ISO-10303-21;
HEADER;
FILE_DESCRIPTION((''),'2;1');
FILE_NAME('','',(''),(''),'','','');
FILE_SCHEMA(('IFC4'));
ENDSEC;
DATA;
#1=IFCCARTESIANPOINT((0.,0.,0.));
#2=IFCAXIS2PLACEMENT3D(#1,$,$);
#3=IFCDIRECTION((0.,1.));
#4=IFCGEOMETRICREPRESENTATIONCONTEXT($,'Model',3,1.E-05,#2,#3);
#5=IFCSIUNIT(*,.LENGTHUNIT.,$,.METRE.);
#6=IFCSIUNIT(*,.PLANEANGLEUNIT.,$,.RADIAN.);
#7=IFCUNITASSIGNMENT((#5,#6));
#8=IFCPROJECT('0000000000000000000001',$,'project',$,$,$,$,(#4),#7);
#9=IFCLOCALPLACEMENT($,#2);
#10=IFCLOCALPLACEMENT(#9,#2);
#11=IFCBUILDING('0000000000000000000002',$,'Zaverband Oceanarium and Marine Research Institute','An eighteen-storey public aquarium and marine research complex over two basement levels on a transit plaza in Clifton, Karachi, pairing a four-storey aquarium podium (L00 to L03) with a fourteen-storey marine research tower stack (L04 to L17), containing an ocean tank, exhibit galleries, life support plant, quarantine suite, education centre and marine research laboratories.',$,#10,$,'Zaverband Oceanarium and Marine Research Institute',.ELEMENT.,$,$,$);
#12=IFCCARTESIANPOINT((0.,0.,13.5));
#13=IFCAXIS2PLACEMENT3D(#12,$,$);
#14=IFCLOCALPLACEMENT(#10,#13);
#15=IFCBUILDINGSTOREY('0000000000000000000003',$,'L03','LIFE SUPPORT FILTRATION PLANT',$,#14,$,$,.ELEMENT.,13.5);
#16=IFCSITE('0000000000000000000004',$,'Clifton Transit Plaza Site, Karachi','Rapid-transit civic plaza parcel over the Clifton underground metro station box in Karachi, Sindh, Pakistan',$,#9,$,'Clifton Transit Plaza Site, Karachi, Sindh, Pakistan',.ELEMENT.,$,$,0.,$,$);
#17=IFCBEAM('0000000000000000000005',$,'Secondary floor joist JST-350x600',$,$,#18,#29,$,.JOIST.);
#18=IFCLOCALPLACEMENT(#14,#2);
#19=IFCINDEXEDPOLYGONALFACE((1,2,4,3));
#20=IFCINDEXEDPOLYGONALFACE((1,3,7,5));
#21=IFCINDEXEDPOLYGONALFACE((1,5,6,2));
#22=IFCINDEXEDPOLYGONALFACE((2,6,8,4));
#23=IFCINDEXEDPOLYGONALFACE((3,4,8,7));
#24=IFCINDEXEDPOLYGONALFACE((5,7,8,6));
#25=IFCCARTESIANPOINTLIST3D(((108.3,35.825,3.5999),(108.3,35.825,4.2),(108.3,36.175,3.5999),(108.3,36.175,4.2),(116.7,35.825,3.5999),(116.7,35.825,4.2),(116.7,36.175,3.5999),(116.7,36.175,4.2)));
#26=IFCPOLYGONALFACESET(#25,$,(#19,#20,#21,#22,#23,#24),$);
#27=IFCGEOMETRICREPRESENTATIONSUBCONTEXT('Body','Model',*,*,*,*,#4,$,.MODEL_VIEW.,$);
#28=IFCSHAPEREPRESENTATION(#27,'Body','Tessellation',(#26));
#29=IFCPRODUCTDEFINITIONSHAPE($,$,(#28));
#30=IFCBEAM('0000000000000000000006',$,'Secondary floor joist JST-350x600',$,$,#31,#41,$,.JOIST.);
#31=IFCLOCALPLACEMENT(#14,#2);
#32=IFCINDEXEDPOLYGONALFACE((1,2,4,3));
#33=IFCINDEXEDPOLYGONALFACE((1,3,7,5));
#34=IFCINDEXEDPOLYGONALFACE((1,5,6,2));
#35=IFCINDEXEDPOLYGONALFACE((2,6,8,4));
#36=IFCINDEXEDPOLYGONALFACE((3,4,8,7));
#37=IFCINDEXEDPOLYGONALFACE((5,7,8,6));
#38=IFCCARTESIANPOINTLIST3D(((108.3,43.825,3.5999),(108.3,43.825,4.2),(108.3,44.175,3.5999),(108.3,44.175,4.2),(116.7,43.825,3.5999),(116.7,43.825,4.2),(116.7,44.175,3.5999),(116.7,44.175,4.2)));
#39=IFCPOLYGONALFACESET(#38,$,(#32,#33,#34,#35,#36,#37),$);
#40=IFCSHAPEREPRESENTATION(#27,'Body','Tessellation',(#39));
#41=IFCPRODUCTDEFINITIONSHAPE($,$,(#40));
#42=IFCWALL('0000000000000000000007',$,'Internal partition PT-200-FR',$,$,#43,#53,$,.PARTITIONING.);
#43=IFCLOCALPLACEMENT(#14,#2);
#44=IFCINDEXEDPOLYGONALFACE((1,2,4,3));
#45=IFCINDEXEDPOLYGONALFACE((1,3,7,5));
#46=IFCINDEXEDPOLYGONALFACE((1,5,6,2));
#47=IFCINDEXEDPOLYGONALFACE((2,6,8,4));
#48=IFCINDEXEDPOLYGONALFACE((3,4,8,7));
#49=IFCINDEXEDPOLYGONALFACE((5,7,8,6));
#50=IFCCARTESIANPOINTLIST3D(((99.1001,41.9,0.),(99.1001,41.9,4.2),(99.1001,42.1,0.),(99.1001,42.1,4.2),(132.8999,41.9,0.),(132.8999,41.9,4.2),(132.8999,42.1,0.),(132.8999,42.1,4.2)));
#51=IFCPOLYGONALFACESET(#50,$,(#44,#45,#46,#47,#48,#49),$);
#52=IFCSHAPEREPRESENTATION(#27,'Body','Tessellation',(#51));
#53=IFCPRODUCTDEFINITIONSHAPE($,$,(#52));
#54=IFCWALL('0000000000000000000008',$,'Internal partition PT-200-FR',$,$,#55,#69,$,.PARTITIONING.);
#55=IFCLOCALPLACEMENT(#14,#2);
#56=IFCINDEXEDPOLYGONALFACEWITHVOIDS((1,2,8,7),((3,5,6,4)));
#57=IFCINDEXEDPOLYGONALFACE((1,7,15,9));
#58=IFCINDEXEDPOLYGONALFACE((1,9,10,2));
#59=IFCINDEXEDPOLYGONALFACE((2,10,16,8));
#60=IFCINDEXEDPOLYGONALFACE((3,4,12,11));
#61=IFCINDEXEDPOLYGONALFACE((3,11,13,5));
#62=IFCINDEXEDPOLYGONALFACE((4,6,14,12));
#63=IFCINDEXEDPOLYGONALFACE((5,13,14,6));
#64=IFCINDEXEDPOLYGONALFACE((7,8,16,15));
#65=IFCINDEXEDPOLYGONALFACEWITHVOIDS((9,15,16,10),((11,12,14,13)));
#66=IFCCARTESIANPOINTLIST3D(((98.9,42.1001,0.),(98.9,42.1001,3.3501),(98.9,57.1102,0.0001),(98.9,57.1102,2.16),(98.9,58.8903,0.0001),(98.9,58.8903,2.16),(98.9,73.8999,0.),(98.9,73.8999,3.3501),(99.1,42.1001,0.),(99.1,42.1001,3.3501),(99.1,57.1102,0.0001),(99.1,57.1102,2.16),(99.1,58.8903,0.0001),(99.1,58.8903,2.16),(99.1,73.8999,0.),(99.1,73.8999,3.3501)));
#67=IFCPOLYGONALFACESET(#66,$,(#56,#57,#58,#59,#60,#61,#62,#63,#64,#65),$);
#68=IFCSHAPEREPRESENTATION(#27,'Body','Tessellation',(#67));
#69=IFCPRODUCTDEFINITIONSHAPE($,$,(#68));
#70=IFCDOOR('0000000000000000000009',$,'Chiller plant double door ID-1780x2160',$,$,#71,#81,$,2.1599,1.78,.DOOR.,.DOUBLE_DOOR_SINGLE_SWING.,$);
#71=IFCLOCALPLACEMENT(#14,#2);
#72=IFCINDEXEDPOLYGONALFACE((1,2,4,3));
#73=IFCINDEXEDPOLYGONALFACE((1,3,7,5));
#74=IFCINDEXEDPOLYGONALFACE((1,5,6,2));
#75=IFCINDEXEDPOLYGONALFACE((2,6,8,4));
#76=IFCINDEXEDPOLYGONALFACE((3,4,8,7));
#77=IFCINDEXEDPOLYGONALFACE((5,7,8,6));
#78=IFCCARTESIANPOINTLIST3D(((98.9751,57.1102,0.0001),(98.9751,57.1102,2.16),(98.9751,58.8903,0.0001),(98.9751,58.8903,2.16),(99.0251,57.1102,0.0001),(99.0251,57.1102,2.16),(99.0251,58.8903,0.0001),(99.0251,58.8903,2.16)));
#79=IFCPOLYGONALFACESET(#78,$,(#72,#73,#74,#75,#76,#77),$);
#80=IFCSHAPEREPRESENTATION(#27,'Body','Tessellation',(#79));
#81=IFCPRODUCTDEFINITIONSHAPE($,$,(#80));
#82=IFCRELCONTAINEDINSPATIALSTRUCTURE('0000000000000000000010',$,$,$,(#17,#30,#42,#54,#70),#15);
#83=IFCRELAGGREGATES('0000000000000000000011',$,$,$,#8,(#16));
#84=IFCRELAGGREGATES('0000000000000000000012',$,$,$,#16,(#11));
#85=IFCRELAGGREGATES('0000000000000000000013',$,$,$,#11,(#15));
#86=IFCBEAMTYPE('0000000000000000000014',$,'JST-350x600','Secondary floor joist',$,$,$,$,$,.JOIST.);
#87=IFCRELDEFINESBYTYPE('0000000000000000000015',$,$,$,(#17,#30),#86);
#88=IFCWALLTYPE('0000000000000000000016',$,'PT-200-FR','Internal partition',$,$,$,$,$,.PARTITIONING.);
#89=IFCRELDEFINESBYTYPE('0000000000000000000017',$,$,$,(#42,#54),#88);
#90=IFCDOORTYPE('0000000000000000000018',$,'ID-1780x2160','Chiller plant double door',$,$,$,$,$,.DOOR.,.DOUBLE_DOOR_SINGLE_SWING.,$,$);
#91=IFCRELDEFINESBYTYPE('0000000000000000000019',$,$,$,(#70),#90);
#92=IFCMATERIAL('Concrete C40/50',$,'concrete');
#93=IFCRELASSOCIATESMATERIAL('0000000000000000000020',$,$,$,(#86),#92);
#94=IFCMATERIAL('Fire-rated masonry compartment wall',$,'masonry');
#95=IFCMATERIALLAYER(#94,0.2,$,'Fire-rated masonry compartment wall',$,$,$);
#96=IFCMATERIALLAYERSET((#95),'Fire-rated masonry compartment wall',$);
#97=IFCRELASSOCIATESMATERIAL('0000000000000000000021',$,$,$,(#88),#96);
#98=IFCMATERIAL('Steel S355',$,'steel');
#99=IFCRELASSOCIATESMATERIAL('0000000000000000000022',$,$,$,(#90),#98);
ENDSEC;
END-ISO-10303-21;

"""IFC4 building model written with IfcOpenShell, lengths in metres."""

from ifc_helpers import new_model, si_unit, direction, frame, frame_2d, origin, origin_2d, place, context, subcontext, project, spatial, rectangle, extrude, material, layer, layer_set, material_profile, profile_set, type_object, element, fill, save


model = new_model("IFC4")

# Units and contexts
model_context = context("Model", 3, precision=1e-05, world=origin(), true_north=direction((0.0, 1.0)))
body_context = subcontext(model_context, "Body", "Model", "MODEL_VIEW")
ifc_project = project(units=[si_unit("LENGTHUNIT", "METRE"), si_unit("PLANEANGLEUNIT", "RADIAN")], contexts=[model_context])

# Site, building, storey
site_placement = place(None, origin())
site = spatial("IfcSite", under=ifc_project, at=site_placement, Name="Clifton Transit Plaza Site, Karachi", Description="Rapid-transit civic plaza parcel over the Clifton underground metro station box in Karachi, Sindh, Pakistan", LongName="Clifton Transit Plaza Site, Karachi, Sindh, Pakistan", CompositionType="ELEMENT", RefElevation=0.0)
building_placement = place(site_placement, origin())
building = spatial("IfcBuilding", under=site, at=building_placement, Name="Zaverband Oceanarium and Marine Research Institute", Description="An eighteen-storey public aquarium and marine research complex over two basement levels on a transit plaza in Clifton, Karachi, pairing a four-storey aquarium podium (L00 to L03) with a fourteen-storey marine research tower stack (L04 to L17), containing an ocean tank, exhibit galleries, life support plant, quarantine suite, education centre and marine research laboratories.", LongName="Zaverband Oceanarium and Marine Research Institute", CompositionType="ELEMENT")
storey_placement = place(building_placement, frame((0.0, 0.0, 13.5)))
storey = spatial("IfcBuildingStorey", under=building, at=storey_placement, Name="L03", Description="LIFE SUPPORT FILTRATION PLANT", CompositionType="ELEMENT", Elevation=13.5)

# Beams
ifc_material_1 = material(Name="Concrete C40/50", Category="concrete")
ifc_material_profile_1 = material_profile(ifc_material_1, rectangle(XDim=0.3501, YDim=0.6001, at=origin_2d()), Name="RC350x600")
ifc_profile_set_1 = profile_set([ifc_material_profile_1], Name="Concrete C40/50")
beam_type_1 = type_object("IfcBeamType", Name="JST-350x600", Description="Secondary floor joist", PredefinedType="JOIST", material=ifc_profile_set_1)
for number, where, z_axis, x_axis, name in (
    (1, (108.3, 36.0, 3.8999), (1.0, 0.0, 0.0), (0.0, 1.0, 0.0), "Secondary floor joist JST-350x600"),
    (2, (108.3, 44.0, 3.8999), (1.0, 0.0, 0.0), (0.0, 1.0, 0.0), "Secondary floor joist JST-350x600"),
):
    element("IfcBeam", number, at=place(storey_placement, frame(where, z_axis=z_axis, x_axis=x_axis)), inside=storey, type_object=beam_type_1, Name=name, PredefinedType="JOIST", context=body_context, shape_type="SweptSolid", body=[
        extrude(rectangle(XDim=0.3501, YDim=0.6001, at=origin_2d()), origin(), (0.0, 0.0, 1.0), 8.3999),
    ])

# Wall
ifc_material_2 = material(Name="Fire-rated masonry compartment wall", Category="masonry")
ifc_layer = layer(ifc_material_2, 0.2, Name="Fire-rated masonry compartment wall")
ifc_layer_set = layer_set([ifc_layer], Name="Fire-rated masonry compartment wall")
wall_type = type_object("IfcWallType", Name="PT-200-FR", Description="Internal partition", PredefinedType="PARTITIONING", material=ifc_layer_set)
wall_1_placement = place(storey_placement, frame((99.1001, 42.0, 0.0), z_axis=(0.0, 0.0, 1.0), x_axis=(1.0, 0.0, 0.0)))
element("IfcWall", 3, at=wall_1_placement, inside=storey, type_object=wall_type, Name="Internal partition PT-200-FR", PredefinedType="PARTITIONING", context=body_context, shape_type="SweptSolid", body=[
    extrude(rectangle(XDim=33.7998, YDim=0.2, at=frame_2d((16.8999, 0.0))), origin(), (0.0, 0.0, 1.0), 4.2),
])

# Wall, opening, door
wall_2_placement = place(storey_placement, frame((99.0, 42.1001, 0.0), z_axis=(0.0, 0.0, 1.0), x_axis=(0.0, 1.0, 0.0)))
wall_2 = element("IfcWall", 4, at=wall_2_placement, inside=storey, type_object=wall_type, Name="Internal partition PT-200-FR", PredefinedType="PARTITIONING", context=body_context, shape_type="SweptSolid", body=[
    extrude(rectangle(XDim=31.7998, YDim=0.2, at=frame_2d((15.8999, 0.0))), origin(), (0.0, 0.0, 1.0), 3.3501),
])
opening_placement = place(wall_2_placement, frame((15.01, 0.0, 0.0)))
opening = element("IfcOpeningElement", 5, at=opening_placement, cuts=wall_2, PredefinedType="OPENING", context=body_context, shape_type="SweptSolid", body=[
    extrude(rectangle(XDim=1.78, YDim=2.1599, at=frame_2d((0.8901, 1.0801))), frame((0.0, 0.1118, 0.0), z_axis=(0.0, -1.0, 0.0), x_axis=(1.0, 0.0, 0.0)), (0.0, 0.0, 1.0), 0.2239),
])
ifc_material_3 = material(Name="Steel S355", Category="steel")
door_type = type_object("IfcDoorType", Name="ID-1780x2160", Description="Chiller plant double door", OperationType="DOUBLE_DOOR_SINGLE_SWING", PredefinedType="DOOR", material=ifc_material_3)
door_placement = place(opening_placement, origin())
door = element("IfcDoor", 6, at=door_placement, inside=storey, type_object=door_type, Name="Chiller plant double door ID-1780x2160", OperationType="DOUBLE_DOOR_SINGLE_SWING", OverallHeight=2.1599, OverallWidth=1.78, PredefinedType="DOOR", context=body_context, shape_type="SweptSolid", body=[
    extrude(rectangle(XDim=1.78, YDim=2.1599, at=frame_2d((0.8901, 1.0801))), frame((0.0, 0.0249, 0.0), z_axis=(0.0, -1.0, 0.0), x_axis=(1.0, 0.0, 0.0)), (0.0, 0.0, 1.0), 0.05),
])
fill(opening, door)

save(model, "model.ifc")
